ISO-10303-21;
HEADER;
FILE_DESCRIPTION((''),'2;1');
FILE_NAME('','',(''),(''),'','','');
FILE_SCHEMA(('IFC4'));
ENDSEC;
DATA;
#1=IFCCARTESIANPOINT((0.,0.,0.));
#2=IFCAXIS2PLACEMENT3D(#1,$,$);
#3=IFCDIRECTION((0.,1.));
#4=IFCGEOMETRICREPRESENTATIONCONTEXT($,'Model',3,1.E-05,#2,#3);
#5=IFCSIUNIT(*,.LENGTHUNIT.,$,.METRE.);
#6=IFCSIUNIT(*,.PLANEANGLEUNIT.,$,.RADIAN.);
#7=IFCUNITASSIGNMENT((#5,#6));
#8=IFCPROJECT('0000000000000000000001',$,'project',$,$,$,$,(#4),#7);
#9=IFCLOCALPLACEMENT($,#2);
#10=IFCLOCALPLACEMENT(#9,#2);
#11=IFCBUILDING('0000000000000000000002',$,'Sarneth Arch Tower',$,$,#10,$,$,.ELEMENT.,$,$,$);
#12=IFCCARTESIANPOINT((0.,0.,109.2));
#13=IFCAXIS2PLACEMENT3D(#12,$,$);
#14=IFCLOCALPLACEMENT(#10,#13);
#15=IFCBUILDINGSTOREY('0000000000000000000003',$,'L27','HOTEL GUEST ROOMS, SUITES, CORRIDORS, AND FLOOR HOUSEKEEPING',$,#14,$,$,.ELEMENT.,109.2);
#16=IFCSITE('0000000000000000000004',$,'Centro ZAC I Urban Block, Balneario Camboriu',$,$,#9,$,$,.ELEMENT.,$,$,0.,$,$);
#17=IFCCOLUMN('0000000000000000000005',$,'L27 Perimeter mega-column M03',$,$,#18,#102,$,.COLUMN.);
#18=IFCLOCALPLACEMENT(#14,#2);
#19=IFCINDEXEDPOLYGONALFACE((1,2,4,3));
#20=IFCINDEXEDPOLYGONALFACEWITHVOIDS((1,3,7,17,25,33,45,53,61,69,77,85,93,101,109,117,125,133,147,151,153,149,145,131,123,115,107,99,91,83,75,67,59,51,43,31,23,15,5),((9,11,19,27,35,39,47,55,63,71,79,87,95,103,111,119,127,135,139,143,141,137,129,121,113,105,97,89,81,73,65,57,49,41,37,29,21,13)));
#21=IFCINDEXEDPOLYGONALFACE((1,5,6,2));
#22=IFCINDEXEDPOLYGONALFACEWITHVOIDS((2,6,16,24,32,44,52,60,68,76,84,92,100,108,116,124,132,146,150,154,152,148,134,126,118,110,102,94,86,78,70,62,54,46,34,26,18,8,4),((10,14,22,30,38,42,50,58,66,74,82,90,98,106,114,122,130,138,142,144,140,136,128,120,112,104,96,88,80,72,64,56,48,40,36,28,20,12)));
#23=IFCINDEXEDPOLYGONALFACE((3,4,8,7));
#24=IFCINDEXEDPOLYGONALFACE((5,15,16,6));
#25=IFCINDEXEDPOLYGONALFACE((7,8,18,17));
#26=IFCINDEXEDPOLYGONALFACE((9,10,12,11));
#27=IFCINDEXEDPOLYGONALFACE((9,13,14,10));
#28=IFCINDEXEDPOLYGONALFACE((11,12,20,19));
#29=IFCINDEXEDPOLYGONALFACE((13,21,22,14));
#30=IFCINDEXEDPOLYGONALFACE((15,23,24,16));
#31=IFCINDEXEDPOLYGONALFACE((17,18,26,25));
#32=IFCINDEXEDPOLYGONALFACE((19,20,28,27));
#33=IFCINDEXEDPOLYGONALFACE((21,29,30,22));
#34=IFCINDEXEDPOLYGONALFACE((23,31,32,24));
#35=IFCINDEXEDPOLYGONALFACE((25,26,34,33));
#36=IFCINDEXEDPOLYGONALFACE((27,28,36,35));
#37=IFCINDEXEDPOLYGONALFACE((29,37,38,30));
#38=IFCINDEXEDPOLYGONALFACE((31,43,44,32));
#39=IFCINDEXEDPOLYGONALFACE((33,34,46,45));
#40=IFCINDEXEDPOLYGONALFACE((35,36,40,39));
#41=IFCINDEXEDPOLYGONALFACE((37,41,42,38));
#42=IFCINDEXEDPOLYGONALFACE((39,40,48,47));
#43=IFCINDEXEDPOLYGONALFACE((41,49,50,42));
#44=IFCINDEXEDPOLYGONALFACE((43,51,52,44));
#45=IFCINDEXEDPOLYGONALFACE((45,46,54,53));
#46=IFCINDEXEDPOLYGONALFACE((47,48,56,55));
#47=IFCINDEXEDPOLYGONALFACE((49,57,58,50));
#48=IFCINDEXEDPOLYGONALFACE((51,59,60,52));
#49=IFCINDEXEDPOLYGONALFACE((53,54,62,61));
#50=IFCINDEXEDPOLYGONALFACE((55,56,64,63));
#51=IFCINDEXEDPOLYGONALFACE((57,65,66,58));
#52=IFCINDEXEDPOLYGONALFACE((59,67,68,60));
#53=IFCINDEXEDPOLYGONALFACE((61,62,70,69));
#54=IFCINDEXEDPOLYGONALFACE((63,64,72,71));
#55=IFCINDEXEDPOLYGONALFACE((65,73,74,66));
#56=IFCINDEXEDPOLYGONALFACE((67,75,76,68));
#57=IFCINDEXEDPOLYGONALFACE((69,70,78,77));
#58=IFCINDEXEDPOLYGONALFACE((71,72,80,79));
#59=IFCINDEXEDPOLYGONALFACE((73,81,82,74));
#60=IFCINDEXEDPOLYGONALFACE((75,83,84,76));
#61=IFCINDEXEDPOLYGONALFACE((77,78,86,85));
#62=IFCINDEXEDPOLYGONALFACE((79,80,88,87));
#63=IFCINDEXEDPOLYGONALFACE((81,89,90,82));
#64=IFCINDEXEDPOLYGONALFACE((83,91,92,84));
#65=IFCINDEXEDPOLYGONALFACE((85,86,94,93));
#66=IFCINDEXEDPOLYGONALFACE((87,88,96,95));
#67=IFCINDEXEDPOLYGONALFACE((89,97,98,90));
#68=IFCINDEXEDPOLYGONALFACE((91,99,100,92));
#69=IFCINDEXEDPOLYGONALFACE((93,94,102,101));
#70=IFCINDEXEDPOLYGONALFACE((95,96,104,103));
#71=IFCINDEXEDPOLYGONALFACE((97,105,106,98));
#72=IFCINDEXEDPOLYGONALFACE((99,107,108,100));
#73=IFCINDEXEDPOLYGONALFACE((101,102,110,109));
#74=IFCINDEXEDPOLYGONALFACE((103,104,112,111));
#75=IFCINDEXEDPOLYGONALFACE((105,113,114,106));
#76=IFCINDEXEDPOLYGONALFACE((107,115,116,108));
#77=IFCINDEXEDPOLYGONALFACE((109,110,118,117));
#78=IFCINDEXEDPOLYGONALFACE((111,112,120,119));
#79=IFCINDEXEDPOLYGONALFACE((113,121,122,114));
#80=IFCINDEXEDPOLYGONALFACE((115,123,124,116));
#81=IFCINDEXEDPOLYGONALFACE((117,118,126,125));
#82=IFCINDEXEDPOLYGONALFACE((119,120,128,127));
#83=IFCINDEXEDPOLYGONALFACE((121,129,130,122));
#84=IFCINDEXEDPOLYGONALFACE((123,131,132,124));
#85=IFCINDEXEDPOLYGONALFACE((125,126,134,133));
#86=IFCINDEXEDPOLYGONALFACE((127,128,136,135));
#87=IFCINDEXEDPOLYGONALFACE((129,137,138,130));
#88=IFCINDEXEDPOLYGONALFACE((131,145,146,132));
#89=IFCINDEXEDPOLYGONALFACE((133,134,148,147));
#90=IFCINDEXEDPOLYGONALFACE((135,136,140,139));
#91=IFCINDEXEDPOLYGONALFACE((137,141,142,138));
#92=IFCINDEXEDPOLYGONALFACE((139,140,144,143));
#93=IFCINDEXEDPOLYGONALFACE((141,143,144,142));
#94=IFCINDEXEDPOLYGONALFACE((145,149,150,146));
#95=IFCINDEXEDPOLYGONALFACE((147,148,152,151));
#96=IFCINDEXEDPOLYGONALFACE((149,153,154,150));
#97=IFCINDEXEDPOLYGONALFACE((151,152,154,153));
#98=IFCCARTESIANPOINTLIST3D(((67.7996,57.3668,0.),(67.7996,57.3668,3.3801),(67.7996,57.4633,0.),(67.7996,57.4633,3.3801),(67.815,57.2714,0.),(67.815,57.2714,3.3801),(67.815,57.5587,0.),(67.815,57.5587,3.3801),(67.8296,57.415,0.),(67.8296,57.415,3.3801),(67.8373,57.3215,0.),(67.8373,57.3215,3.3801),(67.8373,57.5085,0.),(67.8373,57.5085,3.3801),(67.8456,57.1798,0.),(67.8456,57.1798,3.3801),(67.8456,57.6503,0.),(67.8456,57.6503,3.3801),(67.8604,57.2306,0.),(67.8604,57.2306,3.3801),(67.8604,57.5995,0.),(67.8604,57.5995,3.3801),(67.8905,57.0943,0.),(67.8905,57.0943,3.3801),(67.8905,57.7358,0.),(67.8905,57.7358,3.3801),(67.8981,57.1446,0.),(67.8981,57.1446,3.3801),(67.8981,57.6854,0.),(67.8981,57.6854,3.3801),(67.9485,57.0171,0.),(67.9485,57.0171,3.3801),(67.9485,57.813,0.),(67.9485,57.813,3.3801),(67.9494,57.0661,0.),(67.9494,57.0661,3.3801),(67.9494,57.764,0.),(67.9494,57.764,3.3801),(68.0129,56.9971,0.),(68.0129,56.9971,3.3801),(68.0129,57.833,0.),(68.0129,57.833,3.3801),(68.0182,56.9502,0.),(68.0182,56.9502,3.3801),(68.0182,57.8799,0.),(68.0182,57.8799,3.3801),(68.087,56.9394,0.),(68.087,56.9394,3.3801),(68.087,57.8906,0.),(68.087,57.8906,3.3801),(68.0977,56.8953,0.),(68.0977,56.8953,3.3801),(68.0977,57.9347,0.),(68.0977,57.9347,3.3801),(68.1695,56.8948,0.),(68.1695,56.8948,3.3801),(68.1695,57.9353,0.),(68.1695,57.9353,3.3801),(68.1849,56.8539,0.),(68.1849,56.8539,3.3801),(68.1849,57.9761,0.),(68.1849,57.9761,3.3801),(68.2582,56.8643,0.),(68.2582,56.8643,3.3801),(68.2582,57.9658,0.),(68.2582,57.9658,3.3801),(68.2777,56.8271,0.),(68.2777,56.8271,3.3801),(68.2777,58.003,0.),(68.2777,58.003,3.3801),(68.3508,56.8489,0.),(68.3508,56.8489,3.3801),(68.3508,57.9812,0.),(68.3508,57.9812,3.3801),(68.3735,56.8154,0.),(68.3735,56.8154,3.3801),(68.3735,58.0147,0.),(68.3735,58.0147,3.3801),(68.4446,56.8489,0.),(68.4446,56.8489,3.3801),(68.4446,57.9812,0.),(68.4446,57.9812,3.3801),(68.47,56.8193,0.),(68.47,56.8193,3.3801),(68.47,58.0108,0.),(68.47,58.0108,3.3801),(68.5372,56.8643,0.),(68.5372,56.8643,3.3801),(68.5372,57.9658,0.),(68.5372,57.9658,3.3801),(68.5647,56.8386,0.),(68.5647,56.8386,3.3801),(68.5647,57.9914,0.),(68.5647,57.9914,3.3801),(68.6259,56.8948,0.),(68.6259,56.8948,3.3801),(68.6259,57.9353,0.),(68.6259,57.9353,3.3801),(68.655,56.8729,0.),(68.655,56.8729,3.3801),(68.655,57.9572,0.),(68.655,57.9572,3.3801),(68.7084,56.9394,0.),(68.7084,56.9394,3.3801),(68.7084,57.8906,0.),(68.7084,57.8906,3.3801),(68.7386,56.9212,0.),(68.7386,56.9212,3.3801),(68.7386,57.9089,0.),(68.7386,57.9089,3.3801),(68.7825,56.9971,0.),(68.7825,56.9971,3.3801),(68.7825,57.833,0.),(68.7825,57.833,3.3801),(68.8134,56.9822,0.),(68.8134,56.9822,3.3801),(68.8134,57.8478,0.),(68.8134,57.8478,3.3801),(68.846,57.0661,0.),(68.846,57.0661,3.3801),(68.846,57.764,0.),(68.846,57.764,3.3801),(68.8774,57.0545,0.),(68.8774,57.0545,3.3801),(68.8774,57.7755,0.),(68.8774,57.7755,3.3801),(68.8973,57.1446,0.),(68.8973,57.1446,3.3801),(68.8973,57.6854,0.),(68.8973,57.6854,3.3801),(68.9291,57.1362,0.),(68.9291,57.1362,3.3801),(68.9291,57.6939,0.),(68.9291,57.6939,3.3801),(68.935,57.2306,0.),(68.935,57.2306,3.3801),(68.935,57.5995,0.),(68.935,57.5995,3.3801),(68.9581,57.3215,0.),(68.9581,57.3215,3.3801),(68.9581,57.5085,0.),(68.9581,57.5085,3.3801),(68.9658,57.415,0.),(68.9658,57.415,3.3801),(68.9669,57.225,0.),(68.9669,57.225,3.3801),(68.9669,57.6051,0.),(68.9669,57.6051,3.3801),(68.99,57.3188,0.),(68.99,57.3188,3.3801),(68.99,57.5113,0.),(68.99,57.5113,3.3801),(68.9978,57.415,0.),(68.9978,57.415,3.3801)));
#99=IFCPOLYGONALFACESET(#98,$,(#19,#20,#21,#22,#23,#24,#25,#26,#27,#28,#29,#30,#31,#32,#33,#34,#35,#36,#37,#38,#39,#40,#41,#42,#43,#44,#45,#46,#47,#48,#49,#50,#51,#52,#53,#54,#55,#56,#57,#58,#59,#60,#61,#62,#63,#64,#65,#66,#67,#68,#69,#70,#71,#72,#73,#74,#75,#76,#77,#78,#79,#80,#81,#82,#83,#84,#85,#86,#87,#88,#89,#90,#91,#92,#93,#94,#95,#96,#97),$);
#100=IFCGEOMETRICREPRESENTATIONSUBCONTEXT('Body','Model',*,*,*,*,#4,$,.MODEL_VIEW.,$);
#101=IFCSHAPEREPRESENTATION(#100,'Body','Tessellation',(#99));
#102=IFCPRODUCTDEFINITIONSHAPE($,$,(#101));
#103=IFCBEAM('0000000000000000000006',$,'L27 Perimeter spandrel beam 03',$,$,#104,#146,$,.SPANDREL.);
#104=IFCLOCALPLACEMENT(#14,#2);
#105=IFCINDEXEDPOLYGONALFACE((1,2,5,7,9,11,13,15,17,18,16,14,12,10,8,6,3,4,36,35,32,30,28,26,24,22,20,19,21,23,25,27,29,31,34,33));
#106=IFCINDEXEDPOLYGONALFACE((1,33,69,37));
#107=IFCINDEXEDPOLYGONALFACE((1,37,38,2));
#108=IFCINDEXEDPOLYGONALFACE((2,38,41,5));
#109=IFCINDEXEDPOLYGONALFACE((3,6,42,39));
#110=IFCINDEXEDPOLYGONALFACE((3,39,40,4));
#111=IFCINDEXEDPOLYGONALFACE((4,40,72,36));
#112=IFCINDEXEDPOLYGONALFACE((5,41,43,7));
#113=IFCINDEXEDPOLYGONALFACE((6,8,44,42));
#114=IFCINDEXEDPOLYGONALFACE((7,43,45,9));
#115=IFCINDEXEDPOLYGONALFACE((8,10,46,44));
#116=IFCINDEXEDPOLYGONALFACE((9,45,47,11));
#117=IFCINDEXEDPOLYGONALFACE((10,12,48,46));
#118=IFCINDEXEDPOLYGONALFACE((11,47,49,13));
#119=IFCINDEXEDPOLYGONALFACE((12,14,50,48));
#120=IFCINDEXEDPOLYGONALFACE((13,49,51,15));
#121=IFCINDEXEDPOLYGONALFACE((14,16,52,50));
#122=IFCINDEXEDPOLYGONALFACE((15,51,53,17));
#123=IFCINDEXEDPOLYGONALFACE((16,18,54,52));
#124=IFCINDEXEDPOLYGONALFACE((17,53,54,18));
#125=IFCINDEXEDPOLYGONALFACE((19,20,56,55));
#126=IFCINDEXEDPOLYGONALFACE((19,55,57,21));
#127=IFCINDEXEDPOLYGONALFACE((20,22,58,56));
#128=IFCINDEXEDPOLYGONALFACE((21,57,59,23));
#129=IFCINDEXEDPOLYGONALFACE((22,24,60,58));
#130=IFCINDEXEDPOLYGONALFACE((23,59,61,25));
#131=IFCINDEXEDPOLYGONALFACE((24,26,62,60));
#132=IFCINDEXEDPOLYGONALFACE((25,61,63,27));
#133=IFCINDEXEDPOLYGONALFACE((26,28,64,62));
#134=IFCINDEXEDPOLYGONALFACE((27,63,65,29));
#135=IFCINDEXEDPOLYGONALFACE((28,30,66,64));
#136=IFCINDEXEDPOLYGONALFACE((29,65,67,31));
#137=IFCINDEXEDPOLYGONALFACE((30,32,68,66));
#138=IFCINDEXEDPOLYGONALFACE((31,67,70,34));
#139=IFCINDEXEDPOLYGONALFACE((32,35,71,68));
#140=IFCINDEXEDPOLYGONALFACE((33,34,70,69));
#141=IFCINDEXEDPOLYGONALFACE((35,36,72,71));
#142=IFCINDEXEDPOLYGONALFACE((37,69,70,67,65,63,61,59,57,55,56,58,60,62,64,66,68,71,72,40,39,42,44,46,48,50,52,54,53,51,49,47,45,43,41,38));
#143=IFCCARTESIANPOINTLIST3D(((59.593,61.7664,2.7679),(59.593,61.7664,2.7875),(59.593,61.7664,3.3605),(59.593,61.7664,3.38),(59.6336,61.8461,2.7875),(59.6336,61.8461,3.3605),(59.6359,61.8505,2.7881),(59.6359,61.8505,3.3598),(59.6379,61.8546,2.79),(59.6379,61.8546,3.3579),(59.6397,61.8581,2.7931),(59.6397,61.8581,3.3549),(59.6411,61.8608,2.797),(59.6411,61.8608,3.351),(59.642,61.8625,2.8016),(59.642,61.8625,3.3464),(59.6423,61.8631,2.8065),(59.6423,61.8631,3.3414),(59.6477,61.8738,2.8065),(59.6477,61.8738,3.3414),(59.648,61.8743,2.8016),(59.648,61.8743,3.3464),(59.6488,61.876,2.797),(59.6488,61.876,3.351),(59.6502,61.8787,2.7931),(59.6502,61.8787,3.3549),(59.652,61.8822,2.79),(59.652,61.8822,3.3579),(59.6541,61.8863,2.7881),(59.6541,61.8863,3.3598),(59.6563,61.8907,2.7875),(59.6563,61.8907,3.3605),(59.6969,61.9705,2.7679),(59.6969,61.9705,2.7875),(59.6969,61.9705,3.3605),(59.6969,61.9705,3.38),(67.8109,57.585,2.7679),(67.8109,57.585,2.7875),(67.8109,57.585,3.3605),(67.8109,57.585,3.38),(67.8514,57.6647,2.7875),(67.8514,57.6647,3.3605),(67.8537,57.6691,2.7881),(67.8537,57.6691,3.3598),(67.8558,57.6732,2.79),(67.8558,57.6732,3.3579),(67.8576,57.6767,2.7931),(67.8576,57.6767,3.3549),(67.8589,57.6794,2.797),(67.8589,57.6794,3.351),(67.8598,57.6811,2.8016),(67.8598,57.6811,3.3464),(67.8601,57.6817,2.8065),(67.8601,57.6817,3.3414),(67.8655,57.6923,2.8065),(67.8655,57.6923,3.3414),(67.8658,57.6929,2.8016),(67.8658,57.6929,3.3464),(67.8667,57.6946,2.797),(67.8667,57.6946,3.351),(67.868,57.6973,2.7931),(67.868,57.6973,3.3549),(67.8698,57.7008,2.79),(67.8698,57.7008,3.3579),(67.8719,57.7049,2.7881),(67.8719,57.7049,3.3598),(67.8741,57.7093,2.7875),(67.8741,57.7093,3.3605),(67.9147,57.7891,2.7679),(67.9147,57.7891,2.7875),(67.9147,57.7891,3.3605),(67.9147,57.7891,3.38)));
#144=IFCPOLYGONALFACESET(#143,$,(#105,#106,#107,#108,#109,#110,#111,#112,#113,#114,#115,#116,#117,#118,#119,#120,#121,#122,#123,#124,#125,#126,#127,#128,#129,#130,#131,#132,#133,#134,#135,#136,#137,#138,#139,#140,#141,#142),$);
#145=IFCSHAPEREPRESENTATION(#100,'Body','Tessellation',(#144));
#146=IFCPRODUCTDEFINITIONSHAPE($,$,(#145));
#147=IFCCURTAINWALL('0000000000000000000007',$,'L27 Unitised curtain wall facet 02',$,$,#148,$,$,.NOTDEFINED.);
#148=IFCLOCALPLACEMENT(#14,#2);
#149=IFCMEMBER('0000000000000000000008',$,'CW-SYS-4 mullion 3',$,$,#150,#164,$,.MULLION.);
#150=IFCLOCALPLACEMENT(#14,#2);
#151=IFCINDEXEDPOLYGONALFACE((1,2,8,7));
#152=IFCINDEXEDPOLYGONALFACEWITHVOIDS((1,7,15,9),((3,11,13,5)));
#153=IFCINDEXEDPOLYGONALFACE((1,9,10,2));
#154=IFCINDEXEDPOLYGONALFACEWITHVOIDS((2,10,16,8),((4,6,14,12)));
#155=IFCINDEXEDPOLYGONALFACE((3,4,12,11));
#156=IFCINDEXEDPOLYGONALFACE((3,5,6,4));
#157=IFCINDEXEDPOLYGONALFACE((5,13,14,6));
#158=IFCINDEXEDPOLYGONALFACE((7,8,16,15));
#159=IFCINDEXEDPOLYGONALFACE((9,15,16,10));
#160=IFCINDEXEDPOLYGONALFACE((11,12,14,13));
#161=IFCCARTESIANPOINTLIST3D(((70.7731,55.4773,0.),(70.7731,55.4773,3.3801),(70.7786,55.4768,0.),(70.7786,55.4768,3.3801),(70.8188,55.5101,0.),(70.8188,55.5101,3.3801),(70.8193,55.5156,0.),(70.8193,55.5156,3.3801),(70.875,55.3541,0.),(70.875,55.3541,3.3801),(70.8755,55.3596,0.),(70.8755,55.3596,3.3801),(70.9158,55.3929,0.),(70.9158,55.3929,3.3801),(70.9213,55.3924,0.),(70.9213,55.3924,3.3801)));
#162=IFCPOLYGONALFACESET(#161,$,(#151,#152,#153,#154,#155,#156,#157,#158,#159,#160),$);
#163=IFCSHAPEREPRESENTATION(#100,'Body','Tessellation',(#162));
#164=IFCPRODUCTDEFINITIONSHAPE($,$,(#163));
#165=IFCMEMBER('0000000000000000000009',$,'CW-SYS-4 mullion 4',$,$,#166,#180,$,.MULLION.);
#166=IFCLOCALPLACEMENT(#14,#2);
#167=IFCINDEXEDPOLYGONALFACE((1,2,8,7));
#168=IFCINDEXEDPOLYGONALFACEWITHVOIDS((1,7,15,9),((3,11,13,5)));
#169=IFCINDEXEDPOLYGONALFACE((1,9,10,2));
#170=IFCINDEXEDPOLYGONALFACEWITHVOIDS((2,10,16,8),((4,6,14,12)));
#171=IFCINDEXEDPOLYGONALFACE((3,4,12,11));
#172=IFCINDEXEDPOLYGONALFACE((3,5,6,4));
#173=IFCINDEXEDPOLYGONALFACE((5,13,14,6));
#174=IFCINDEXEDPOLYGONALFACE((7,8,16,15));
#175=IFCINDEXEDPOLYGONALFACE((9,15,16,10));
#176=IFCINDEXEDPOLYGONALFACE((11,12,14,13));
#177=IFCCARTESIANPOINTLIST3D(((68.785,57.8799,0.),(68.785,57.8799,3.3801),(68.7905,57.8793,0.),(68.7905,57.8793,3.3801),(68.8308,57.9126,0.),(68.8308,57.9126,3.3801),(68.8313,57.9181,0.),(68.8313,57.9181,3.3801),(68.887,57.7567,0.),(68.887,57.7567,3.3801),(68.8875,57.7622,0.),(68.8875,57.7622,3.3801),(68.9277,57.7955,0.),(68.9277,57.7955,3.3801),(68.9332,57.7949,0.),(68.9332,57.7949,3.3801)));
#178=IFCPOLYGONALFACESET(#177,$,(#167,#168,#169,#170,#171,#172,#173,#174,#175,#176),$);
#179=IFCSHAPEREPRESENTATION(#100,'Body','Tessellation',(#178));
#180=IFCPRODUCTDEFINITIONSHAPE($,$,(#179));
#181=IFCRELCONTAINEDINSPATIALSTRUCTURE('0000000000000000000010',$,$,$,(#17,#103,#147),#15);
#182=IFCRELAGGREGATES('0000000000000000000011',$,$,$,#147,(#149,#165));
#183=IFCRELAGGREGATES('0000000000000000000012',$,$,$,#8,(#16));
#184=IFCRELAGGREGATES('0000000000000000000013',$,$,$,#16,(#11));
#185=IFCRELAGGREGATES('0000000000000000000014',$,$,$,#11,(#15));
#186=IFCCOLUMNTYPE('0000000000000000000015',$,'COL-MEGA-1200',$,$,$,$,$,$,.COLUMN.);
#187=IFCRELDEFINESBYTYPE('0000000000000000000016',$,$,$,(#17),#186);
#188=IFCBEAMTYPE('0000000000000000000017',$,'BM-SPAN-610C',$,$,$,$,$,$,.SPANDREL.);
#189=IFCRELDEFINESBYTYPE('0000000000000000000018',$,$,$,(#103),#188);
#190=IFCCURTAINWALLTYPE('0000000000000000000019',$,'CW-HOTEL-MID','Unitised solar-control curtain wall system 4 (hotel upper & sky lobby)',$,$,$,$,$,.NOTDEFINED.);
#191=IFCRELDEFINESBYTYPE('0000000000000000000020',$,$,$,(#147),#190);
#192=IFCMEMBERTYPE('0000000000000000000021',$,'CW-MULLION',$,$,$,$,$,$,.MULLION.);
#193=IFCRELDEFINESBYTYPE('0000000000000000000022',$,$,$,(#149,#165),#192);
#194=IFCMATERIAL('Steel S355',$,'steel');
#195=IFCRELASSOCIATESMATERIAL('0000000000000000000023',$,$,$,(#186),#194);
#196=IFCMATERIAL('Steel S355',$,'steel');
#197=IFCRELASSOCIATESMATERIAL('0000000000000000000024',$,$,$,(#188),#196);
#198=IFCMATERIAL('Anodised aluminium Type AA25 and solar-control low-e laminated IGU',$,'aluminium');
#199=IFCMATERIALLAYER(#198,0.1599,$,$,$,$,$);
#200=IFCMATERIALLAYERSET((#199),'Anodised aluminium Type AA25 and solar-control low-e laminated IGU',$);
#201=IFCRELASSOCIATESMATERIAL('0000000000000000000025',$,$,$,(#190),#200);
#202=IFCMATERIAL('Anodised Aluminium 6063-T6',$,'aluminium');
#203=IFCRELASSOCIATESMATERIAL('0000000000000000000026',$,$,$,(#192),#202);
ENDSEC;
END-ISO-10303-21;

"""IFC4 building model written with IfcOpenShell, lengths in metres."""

from ifc_helpers import new_model, si_unit, direction, frame, origin, origin_2d, place, context, subcontext, project, spatial, hollow_rectangle, hollow_circle, i_section, extrude, material, layer, layer_set, material_profile, profile_set, type_object, element, aggregate, save


model = new_model("IFC4")

# Units and contexts
model_context = context("Model", 3, precision=1e-05, world=origin(), true_north=direction((0.0, 1.0)))
body_context = subcontext(model_context, "Body", "Model", "MODEL_VIEW")
ifc_project = project(units=[si_unit("LENGTHUNIT", "METRE"), si_unit("PLANEANGLEUNIT", "RADIAN")], contexts=[model_context])

# Site, building, storey
site_placement = place(None, origin())
site = spatial("IfcSite", under=ifc_project, at=site_placement, Name="Centro ZAC I Urban Block, Balneario Camboriu", CompositionType="ELEMENT", RefElevation=0.0)
building_placement = place(site_placement, origin())
building = spatial("IfcBuilding", under=site, at=building_placement, Name="Sarneth Arch Tower", CompositionType="ELEMENT")
storey_placement = place(building_placement, frame((0.0, 0.0, 109.2)))
storey = spatial("IfcBuildingStorey", under=building, at=storey_placement, Name="L27", Description="HOTEL GUEST ROOMS, SUITES, CORRIDORS, AND FLOOR HOUSEKEEPING", CompositionType="ELEMENT", Elevation=109.2)

# Column
ifc_material_1 = material(Name="Steel S355", Category="steel")
ifc_material_profile_1 = material_profile(ifc_material_1, hollow_circle(Radius=0.6001, WallThickness=0.032, at=origin_2d()), Name="CHS1200x32")
ifc_profile_set_1 = profile_set([ifc_material_profile_1], Name="Steel S355")
column_type = type_object("IfcColumnType", Name="COL-MEGA-1200", PredefinedType="COLUMN", material=ifc_profile_set_1)
column_placement = place(storey_placement, frame((68.3977, 57.415, 0.0), z_axis=(0.0, 0.0, 1.0), x_axis=(1.0, 0.0, 0.0)))
element("IfcColumn", 1, at=column_placement, inside=storey, type_object=column_type, Name="L27 Perimeter mega-column M03", PredefinedType="COLUMN", context=body_context, shape_type="SweptSolid", body=[
    extrude(hollow_circle(Radius=0.6001, WallThickness=0.032, at=origin_2d()), origin(), (0.0, 0.0, 1.0), 3.3801),
])

# Beam
ifc_material_2 = material(Name="Steel S355", Category="steel")
ifc_material_profile_2 = material_profile(ifc_material_2, i_section(OverallWidth=0.229, OverallDepth=0.6121, WebThickness=0.012, FlangeThickness=0.0195, FilletRadius=0.019, at=origin_2d()), Name="W610x125")
ifc_profile_set_2 = profile_set([ifc_material_profile_2], Name="Steel S355")
beam_type = type_object("IfcBeamType", Name="BM-SPAN-610C", PredefinedType="SPANDREL", material=ifc_profile_set_2)
beam_placement = place(storey_placement, frame((67.8628, 57.687, 3.074), z_axis=(-0.891259, 0.453494, 0.0), x_axis=(-0.453494, -0.891259, 0.0)))
element("IfcBeam", 2, at=beam_placement, inside=storey, type_object=beam_type, Name="L27 Perimeter spandrel beam 03", PredefinedType="SPANDREL", context=body_context, shape_type="SweptSolid", body=[
    extrude(i_section(OverallWidth=0.229, OverallDepth=0.6121, WebThickness=0.012, FlangeThickness=0.0195, FilletRadius=0.019, at=origin_2d()), origin(), (0.0, 0.0, 1.0), 9.2205),
])

# Curtain wall, members
ifc_material_3 = material(Name="Anodised aluminium Type AA25 and solar-control low-e laminated IGU", Category="aluminium")
ifc_layer_1 = layer(ifc_material_3, 0.1599)
ifc_layer_set_1 = layer_set([ifc_layer_1], Name="Anodised aluminium Type AA25 and solar-control low-e laminated IGU")
curtain_wall_type = type_object("IfcCurtainWallType", Name="CW-HOTEL-MID", Description="Unitised solar-control curtain wall system 4 (hotel upper & sky lobby)", PredefinedType="NOTDEFINED", material=ifc_layer_set_1)
curtain_wall_placement = place(storey_placement, origin())
curtain_wall = element("IfcCurtainWall", 3, at=curtain_wall_placement, inside=storey, type_object=curtain_wall_type, Name="L27 Unitised curtain wall facet 02", PredefinedType="NOTDEFINED")
ifc_material_4 = material(Name="Anodised Aluminium 6063-T6", Category="aluminium")
ifc_material_profile_3 = material_profile(ifc_material_4, hollow_rectangle(XDim=0.0601, YDim=0.1599, WallThickness=0.0039, at=origin_2d()), Name="AL-MULL-160x60x4")
ifc_profile_set_3 = profile_set([ifc_material_profile_3], Name="Anodised Aluminium 6063-T6")
member_type_1 = type_object("IfcMemberType", Name="CW-MULLION", PredefinedType="MULLION", material=ifc_profile_set_3)
member_1_placement = place(storey_placement, frame((70.8472, 55.4348, 0.0), z_axis=(0.0, 0.0, 1.0), x_axis=(-0.770438, -0.637515, 0.0)))
member_1 = element("IfcMember", 4, at=member_1_placement, type_object=member_type_1, Name="CW-SYS-4 mullion 3", PredefinedType="MULLION", context=body_context, shape_type="SweptSolid", body=[
    extrude(hollow_rectangle(XDim=0.0601, YDim=0.1599, WallThickness=0.0039, at=origin_2d()), origin(), (0.0, 0.0, 1.0), 3.3801),
])
member_2_placement = place(storey_placement, frame((68.8591, 57.8374, 0.0), z_axis=(0.0, 0.0, 1.0), x_axis=(-0.770438, -0.637515, 0.0)))
member_2 = element("IfcMember", 5, at=member_2_placement, type_object=member_type_1, Name="CW-SYS-4 mullion 4", PredefinedType="MULLION", context=body_context, shape_type="SweptSolid", body=[
    extrude(hollow_rectangle(XDim=0.0601, YDim=0.1599, WallThickness=0.0039, at=origin_2d()), origin(), (0.0, 0.0, 1.0), 3.3801),
])

aggregate(curtain_wall, [member_1, member_2])

save(model, "model.ifc")
